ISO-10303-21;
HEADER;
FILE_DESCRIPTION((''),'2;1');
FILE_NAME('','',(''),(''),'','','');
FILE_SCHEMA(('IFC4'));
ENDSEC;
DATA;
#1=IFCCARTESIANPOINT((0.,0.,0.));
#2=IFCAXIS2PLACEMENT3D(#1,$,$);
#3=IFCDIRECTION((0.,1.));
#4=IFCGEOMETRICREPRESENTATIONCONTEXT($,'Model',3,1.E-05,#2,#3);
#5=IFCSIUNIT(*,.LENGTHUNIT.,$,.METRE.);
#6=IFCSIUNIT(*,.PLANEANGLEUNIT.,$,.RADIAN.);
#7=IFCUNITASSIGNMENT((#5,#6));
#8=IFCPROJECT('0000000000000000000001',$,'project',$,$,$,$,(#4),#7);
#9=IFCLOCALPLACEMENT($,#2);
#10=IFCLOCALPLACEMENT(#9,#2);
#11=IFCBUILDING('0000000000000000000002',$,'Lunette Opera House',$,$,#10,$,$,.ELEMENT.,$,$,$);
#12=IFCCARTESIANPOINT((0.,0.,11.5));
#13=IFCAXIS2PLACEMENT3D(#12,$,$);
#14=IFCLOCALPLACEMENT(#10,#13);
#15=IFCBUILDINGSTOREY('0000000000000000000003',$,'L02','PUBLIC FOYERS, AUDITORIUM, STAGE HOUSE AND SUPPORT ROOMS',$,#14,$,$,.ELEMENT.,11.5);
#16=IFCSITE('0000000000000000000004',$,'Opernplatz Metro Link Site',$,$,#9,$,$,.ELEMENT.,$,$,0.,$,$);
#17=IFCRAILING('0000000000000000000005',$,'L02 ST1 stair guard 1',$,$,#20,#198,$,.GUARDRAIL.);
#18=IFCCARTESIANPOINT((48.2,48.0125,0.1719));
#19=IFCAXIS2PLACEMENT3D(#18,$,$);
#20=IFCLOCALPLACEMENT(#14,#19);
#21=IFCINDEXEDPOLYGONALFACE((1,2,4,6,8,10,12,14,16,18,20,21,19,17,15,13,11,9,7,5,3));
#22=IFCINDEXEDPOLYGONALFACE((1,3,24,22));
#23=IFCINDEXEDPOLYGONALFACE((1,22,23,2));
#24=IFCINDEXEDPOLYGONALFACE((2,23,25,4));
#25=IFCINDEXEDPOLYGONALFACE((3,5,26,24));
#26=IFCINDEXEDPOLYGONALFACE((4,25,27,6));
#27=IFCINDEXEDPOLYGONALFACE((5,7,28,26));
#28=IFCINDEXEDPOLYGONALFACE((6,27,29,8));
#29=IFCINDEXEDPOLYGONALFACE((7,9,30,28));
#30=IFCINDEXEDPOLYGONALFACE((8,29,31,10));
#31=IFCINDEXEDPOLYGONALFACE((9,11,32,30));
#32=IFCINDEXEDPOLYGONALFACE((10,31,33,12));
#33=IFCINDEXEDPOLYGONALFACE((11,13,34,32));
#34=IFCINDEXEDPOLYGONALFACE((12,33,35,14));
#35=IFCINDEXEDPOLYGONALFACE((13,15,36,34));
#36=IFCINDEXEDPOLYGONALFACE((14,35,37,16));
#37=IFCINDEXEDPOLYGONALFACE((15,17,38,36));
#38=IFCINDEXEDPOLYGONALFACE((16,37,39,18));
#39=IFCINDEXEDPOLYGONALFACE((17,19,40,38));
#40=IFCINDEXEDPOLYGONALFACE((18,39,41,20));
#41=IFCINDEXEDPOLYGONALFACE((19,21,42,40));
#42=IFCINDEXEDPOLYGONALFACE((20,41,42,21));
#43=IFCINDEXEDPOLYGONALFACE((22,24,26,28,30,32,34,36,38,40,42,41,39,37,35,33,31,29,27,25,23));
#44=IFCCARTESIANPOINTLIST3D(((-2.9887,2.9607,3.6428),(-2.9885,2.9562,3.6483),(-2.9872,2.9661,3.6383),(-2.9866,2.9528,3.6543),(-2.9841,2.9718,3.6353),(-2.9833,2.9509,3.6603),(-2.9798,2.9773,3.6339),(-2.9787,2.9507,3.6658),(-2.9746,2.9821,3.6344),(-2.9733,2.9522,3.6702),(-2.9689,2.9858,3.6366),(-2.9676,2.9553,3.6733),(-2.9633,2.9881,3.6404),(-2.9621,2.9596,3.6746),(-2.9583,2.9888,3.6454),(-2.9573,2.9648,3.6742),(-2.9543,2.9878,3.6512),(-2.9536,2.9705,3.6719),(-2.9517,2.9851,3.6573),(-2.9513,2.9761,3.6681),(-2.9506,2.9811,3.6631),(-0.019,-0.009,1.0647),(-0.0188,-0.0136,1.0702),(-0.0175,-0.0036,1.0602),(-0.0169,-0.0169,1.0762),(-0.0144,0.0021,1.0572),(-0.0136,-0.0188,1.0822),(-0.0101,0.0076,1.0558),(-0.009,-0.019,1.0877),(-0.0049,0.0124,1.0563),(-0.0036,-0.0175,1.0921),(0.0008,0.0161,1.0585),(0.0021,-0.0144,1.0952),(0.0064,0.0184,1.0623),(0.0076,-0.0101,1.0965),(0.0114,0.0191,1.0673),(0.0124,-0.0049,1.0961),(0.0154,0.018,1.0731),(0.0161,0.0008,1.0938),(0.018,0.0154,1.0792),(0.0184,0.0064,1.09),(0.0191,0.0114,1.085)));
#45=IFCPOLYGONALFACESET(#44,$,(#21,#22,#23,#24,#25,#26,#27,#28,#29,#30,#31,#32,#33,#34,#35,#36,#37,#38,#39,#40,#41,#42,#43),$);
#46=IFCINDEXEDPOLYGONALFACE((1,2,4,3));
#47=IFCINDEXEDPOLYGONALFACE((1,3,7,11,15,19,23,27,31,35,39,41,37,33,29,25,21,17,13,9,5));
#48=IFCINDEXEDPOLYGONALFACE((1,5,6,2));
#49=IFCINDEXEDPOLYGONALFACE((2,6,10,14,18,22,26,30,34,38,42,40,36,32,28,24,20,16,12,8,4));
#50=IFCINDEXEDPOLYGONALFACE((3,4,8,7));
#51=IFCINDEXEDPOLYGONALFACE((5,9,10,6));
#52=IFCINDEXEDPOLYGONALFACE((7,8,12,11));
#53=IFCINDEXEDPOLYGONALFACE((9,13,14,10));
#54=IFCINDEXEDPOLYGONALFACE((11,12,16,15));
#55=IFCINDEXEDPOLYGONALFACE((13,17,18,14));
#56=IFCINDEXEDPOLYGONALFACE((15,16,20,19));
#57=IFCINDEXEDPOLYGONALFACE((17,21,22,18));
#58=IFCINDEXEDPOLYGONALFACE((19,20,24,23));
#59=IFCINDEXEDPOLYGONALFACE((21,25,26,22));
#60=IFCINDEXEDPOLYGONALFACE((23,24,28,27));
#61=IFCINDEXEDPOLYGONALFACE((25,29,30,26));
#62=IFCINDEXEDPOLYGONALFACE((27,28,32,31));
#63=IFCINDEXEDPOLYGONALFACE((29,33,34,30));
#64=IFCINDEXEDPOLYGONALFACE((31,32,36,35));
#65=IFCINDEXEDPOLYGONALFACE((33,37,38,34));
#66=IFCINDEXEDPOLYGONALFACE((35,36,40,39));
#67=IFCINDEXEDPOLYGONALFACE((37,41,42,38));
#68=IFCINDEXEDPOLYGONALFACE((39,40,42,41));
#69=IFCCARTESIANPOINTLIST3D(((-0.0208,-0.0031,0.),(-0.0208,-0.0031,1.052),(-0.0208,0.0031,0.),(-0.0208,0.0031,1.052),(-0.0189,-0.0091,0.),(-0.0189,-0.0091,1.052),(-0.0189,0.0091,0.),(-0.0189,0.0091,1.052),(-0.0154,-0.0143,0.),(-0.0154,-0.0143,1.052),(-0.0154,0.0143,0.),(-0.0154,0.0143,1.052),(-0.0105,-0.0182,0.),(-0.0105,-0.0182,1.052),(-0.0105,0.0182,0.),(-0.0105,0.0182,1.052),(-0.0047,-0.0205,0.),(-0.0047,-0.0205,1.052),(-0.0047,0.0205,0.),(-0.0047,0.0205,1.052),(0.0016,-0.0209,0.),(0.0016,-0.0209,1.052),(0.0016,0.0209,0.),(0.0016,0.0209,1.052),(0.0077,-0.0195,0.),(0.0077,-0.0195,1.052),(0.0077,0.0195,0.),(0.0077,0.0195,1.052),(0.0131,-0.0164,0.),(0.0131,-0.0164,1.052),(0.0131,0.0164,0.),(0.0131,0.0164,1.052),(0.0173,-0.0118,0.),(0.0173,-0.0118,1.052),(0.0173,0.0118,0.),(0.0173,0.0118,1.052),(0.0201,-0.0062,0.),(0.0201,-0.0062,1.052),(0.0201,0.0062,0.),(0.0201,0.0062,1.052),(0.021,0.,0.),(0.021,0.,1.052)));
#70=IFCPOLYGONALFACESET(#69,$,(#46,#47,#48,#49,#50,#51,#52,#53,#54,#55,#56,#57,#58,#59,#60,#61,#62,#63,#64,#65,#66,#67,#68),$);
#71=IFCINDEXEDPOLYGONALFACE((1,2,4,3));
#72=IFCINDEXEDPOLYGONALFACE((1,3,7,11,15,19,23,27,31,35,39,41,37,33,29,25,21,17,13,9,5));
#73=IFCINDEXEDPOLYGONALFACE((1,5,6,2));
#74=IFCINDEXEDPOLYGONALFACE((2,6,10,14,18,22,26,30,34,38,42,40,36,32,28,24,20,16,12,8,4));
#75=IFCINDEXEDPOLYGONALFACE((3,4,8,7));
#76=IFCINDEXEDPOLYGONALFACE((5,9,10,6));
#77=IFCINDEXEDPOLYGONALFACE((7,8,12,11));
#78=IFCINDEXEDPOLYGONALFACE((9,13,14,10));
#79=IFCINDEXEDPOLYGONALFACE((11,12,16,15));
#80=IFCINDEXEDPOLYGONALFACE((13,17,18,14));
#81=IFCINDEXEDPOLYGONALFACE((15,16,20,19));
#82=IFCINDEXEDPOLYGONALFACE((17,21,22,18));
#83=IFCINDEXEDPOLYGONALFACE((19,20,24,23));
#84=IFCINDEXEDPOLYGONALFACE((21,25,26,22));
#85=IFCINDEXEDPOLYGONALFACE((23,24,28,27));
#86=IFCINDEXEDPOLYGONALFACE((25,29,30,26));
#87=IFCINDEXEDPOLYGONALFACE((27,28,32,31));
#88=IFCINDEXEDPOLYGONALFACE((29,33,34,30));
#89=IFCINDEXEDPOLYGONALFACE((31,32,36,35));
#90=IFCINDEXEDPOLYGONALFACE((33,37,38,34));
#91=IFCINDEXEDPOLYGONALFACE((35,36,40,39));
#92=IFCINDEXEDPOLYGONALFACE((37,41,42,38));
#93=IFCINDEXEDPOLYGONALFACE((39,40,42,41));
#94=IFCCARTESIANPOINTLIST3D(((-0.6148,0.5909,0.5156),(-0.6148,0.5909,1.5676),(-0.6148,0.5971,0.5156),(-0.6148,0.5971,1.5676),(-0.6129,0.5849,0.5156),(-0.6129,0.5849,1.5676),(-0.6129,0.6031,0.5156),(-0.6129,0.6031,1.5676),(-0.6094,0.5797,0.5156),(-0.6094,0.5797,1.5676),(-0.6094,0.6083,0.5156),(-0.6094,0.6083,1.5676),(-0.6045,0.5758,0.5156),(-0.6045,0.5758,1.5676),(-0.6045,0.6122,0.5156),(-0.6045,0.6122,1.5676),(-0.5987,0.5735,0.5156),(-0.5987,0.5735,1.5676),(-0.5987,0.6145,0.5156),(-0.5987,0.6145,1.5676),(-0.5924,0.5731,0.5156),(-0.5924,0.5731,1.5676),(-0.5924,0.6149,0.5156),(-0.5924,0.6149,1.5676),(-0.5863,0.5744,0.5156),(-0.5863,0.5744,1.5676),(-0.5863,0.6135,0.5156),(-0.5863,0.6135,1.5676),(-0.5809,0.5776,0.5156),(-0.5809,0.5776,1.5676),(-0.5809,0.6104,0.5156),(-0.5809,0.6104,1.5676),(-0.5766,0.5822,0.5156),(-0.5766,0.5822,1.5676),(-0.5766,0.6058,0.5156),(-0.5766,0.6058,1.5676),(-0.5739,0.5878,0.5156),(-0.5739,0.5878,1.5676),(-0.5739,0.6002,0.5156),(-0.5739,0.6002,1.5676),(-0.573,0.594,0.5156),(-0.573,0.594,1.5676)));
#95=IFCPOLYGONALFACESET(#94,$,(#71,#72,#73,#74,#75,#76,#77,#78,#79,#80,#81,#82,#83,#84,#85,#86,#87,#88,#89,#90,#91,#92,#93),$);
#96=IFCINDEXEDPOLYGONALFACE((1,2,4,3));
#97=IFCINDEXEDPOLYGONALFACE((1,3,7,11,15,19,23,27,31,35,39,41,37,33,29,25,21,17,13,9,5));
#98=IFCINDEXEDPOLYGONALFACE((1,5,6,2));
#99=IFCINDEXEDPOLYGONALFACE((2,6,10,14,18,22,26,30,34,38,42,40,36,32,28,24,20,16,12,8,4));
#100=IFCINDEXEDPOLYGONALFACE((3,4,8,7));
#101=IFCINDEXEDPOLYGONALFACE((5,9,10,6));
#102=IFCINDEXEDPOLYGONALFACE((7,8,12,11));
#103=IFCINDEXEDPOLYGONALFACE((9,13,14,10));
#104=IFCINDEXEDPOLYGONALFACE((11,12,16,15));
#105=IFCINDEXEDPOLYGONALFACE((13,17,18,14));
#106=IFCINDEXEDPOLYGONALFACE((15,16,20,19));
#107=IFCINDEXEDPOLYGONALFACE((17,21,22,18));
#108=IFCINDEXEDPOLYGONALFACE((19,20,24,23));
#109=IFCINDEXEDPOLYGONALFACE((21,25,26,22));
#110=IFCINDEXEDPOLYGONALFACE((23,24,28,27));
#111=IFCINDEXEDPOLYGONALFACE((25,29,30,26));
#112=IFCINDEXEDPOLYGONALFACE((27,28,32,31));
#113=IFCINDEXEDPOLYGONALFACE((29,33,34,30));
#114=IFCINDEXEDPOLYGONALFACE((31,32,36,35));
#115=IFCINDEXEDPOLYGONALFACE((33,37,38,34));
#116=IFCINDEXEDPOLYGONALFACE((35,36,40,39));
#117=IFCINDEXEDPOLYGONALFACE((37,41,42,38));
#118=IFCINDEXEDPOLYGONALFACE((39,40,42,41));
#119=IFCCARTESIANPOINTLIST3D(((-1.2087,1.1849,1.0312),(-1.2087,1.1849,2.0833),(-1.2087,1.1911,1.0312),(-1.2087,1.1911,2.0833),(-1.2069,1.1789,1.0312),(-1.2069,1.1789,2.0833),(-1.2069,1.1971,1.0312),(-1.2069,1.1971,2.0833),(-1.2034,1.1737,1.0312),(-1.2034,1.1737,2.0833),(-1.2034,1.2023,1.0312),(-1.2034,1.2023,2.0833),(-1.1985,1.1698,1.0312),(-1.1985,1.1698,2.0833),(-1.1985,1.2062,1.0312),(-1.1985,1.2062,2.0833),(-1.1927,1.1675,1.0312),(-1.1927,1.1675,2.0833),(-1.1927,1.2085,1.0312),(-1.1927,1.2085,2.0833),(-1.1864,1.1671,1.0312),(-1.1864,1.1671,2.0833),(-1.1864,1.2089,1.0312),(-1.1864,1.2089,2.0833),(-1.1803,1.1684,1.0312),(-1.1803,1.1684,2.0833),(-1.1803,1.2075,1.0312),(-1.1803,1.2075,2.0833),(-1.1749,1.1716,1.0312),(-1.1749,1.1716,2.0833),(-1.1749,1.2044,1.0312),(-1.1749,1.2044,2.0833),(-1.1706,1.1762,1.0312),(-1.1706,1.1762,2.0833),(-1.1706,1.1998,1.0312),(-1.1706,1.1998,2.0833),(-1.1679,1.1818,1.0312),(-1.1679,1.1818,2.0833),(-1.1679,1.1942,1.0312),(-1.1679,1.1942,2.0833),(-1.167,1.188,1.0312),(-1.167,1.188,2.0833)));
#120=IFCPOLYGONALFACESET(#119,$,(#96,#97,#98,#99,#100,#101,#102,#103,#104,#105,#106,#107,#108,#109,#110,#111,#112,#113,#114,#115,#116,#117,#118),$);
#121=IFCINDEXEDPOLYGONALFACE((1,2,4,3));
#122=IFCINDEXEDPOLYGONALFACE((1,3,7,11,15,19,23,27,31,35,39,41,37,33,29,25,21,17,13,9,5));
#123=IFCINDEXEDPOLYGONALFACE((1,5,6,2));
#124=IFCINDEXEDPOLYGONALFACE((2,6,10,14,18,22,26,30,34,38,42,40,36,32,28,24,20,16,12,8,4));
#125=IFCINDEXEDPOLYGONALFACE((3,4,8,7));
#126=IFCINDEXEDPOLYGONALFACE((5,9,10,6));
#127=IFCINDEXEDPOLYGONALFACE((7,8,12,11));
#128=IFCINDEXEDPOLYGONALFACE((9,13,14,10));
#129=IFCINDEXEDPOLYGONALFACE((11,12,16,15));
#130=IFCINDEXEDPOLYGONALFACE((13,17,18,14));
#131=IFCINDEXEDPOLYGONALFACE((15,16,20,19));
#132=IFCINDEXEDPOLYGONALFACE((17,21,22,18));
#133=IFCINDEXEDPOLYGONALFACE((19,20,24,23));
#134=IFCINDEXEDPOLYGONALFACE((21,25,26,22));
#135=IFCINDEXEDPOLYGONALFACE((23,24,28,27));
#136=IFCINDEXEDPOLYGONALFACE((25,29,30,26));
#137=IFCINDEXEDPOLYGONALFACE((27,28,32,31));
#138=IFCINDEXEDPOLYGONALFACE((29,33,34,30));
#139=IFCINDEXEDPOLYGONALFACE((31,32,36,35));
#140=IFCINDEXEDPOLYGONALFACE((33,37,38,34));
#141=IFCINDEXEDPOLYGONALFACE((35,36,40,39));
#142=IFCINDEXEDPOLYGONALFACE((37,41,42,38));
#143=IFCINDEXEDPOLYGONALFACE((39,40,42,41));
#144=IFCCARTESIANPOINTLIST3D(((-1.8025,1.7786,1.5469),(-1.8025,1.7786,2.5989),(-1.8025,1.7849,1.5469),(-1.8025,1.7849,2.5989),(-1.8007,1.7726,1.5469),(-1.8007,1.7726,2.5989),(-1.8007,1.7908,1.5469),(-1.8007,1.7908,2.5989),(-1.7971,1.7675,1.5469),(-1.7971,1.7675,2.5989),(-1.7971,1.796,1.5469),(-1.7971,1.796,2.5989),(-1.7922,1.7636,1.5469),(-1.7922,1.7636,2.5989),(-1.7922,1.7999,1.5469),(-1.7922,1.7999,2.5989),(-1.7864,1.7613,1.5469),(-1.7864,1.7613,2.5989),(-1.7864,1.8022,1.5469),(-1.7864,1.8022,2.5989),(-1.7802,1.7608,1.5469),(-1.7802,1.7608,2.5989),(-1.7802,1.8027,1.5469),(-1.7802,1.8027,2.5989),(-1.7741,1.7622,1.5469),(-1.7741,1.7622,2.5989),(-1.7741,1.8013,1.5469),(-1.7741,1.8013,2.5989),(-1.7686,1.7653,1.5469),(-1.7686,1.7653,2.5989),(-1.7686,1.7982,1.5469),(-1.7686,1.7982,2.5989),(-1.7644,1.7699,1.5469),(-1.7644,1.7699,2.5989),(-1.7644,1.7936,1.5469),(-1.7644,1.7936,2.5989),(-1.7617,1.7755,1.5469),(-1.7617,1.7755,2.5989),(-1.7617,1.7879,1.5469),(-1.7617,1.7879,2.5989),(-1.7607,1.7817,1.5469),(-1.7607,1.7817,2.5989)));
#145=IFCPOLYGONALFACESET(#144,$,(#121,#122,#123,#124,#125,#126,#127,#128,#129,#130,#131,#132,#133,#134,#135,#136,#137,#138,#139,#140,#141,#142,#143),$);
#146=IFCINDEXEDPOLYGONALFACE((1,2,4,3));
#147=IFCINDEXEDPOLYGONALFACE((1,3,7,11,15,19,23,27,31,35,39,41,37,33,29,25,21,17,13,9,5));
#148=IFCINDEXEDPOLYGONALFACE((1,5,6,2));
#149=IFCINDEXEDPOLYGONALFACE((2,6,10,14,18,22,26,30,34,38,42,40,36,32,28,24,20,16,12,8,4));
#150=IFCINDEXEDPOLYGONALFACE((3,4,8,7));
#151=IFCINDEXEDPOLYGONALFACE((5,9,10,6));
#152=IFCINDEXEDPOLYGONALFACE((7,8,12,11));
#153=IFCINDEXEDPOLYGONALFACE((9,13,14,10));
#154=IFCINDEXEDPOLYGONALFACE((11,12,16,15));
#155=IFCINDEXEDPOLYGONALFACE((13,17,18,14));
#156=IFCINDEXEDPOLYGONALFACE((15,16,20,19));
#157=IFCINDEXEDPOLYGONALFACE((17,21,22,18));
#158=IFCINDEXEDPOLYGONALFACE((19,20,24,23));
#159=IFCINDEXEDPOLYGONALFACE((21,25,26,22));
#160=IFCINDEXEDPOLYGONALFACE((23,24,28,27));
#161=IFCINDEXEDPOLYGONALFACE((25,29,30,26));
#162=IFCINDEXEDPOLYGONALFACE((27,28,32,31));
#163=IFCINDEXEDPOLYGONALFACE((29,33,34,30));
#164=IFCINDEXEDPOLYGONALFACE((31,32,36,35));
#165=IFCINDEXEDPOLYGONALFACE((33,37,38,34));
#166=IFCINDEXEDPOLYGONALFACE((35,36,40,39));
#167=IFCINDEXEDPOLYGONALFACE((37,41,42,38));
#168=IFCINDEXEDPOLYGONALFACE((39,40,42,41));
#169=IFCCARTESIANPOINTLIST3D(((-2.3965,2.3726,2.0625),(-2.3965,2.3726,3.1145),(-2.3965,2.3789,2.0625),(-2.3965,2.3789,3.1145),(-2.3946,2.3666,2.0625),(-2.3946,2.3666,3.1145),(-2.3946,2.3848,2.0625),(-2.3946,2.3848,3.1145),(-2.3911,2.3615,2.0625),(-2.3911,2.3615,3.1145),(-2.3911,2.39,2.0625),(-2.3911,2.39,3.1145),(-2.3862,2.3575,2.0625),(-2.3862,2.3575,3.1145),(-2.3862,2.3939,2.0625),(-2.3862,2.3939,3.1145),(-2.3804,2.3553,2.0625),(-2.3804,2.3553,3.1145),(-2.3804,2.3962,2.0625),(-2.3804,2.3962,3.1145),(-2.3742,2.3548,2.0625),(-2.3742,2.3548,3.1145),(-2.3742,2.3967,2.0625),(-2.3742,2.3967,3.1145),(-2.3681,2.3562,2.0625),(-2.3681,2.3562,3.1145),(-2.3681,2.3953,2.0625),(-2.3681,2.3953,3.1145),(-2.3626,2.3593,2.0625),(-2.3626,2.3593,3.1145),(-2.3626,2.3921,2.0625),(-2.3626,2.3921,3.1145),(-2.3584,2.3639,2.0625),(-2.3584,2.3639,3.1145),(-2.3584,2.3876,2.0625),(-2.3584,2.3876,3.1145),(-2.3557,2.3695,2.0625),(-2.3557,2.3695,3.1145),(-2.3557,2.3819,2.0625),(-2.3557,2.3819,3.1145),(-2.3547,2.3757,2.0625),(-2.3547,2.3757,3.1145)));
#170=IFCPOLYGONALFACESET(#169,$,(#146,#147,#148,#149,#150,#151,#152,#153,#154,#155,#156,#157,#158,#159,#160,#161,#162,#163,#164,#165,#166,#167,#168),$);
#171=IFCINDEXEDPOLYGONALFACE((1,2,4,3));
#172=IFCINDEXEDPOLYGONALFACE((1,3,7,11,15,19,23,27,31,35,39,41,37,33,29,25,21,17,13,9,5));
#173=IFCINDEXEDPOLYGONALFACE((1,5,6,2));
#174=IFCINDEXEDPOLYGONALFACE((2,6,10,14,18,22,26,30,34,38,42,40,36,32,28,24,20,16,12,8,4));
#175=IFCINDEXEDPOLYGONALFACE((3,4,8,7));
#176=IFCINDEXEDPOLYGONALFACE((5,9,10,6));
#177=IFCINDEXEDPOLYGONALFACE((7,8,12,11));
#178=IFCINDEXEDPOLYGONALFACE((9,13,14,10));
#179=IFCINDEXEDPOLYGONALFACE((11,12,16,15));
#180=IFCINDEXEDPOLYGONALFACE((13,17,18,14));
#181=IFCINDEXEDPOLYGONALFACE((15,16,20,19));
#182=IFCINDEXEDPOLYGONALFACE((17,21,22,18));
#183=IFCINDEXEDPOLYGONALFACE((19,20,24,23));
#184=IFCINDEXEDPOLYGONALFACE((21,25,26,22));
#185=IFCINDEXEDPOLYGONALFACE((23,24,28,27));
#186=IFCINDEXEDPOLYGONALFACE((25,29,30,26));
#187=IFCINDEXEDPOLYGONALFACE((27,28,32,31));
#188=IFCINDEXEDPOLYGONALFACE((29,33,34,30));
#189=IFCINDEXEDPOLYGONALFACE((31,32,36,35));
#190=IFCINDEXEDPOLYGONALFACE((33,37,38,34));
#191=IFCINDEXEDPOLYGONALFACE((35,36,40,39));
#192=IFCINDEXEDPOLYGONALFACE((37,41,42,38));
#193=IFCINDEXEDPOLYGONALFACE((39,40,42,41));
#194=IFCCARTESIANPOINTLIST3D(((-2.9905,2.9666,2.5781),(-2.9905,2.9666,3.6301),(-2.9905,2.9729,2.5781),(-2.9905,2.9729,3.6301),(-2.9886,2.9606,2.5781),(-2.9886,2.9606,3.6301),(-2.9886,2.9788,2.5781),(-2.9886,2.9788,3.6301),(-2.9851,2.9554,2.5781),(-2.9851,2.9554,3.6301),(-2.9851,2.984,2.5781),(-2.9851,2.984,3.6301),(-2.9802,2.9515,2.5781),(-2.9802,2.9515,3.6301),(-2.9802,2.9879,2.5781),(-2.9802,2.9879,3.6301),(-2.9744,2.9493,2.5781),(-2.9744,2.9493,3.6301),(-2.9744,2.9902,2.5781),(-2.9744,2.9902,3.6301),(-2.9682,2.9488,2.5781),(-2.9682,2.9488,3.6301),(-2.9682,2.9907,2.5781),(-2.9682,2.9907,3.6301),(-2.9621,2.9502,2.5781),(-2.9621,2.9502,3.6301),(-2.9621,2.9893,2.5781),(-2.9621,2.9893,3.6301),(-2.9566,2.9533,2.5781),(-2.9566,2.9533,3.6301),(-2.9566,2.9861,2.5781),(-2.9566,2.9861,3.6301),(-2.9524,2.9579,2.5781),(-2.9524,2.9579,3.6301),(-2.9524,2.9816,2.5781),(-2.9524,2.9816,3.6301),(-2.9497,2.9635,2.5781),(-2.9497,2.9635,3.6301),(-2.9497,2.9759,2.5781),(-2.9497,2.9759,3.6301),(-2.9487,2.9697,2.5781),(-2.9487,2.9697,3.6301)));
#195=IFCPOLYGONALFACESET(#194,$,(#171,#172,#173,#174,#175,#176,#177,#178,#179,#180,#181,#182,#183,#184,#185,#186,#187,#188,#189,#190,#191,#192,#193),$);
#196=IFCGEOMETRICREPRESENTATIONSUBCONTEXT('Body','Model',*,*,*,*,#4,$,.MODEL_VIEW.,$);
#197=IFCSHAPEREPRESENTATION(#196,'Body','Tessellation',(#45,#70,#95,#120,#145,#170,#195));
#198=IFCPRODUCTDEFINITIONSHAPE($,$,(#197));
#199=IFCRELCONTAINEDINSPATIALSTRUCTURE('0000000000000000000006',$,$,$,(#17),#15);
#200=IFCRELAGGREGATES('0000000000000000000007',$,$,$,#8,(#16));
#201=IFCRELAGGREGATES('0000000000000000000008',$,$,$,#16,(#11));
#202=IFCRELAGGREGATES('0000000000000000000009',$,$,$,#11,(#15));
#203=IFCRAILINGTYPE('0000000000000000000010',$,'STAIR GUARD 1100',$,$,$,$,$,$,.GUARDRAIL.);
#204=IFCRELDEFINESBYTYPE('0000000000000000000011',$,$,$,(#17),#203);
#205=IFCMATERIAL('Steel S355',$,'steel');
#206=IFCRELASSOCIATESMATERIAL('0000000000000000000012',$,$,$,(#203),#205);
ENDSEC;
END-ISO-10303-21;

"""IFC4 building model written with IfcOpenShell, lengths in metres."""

from ifc_helpers import new_model, si_unit, direction, frame, origin, origin_2d, place, context, subcontext, project, spatial, circle, extrude, material, type_object, element, save


model = new_model("IFC4")

# Units and contexts
model_context = context("Model", 3, precision=1e-05, world=origin(), true_north=direction((0.0, 1.0)))
body_context = subcontext(model_context, "Body", "Model", "MODEL_VIEW")
ifc_project = project(units=[si_unit("LENGTHUNIT", "METRE"), si_unit("PLANEANGLEUNIT", "RADIAN")], contexts=[model_context])

# Site, building, storey
site_placement = place(None, origin())
site = spatial("IfcSite", under=ifc_project, at=site_placement, Name="Opernplatz Metro Link Site", CompositionType="ELEMENT", RefElevation=0.0)
building_placement = place(site_placement, origin())
building = spatial("IfcBuilding", under=site, at=building_placement, Name="Lunette Opera House", CompositionType="ELEMENT")
storey_placement = place(building_placement, frame((0.0, 0.0, 11.5)))
storey = spatial("IfcBuildingStorey", under=building, at=storey_placement, Name="L02", Description="PUBLIC FOYERS, AUDITORIUM, STAGE HOUSE AND SUPPORT ROOMS", CompositionType="ELEMENT", Elevation=11.5)

# Railing
ifc_material_1 = material(Name="Steel S355", Category="steel")
railing_type_1 = type_object("IfcRailingType", Name="STAIR GUARD 1100", PredefinedType="GUARDRAIL", material=ifc_material_1)
railing_1_placement = place(storey_placement, frame((48.2, 48.0125, 0.1719)))
element("IfcRailing", 1, at=railing_1_placement, inside=storey, type_object=railing_type_1, Name="L02 ST1 stair guard 1", PredefinedType="GUARDRAIL", context=body_context, shape_type="SweptSolid", body=[
    extrude(circle(Radius=0.0239, at=origin_2d()), frame((0.0, 0.0, 1.0762), z_axis=(-0.602622, 0.602622, 0.523157), x_axis=(-0.707107, -0.707107, 0.0)), (0.0, 0.0, 1.0), 4.928),
    extrude(circle(Radius=0.021, at=origin_2d()), origin(), (0.0, 0.0, 1.0), 1.052),
    extrude(circle(Radius=0.021, at=origin_2d()), frame((-0.594, 0.594, 0.5156)), (0.0, 0.0, 1.0), 1.052),
    extrude(circle(Radius=0.021, at=origin_2d()), frame((-1.188, 1.188, 1.0312)), (0.0, 0.0, 1.0), 1.052),
    extrude(circle(Radius=0.021, at=origin_2d()), frame((-1.7817, 1.7817, 1.5469)), (0.0, 0.0, 1.0), 1.052),
    extrude(circle(Radius=0.021, at=origin_2d()), frame((-2.3757, 2.3757, 2.0625)), (0.0, 0.0, 1.0), 1.052),
    extrude(circle(Radius=0.021, at=origin_2d()), frame((-2.9697, 2.9697, 2.5781)), (0.0, 0.0, 1.0), 1.052),
])

save(model, "model.ifc")
